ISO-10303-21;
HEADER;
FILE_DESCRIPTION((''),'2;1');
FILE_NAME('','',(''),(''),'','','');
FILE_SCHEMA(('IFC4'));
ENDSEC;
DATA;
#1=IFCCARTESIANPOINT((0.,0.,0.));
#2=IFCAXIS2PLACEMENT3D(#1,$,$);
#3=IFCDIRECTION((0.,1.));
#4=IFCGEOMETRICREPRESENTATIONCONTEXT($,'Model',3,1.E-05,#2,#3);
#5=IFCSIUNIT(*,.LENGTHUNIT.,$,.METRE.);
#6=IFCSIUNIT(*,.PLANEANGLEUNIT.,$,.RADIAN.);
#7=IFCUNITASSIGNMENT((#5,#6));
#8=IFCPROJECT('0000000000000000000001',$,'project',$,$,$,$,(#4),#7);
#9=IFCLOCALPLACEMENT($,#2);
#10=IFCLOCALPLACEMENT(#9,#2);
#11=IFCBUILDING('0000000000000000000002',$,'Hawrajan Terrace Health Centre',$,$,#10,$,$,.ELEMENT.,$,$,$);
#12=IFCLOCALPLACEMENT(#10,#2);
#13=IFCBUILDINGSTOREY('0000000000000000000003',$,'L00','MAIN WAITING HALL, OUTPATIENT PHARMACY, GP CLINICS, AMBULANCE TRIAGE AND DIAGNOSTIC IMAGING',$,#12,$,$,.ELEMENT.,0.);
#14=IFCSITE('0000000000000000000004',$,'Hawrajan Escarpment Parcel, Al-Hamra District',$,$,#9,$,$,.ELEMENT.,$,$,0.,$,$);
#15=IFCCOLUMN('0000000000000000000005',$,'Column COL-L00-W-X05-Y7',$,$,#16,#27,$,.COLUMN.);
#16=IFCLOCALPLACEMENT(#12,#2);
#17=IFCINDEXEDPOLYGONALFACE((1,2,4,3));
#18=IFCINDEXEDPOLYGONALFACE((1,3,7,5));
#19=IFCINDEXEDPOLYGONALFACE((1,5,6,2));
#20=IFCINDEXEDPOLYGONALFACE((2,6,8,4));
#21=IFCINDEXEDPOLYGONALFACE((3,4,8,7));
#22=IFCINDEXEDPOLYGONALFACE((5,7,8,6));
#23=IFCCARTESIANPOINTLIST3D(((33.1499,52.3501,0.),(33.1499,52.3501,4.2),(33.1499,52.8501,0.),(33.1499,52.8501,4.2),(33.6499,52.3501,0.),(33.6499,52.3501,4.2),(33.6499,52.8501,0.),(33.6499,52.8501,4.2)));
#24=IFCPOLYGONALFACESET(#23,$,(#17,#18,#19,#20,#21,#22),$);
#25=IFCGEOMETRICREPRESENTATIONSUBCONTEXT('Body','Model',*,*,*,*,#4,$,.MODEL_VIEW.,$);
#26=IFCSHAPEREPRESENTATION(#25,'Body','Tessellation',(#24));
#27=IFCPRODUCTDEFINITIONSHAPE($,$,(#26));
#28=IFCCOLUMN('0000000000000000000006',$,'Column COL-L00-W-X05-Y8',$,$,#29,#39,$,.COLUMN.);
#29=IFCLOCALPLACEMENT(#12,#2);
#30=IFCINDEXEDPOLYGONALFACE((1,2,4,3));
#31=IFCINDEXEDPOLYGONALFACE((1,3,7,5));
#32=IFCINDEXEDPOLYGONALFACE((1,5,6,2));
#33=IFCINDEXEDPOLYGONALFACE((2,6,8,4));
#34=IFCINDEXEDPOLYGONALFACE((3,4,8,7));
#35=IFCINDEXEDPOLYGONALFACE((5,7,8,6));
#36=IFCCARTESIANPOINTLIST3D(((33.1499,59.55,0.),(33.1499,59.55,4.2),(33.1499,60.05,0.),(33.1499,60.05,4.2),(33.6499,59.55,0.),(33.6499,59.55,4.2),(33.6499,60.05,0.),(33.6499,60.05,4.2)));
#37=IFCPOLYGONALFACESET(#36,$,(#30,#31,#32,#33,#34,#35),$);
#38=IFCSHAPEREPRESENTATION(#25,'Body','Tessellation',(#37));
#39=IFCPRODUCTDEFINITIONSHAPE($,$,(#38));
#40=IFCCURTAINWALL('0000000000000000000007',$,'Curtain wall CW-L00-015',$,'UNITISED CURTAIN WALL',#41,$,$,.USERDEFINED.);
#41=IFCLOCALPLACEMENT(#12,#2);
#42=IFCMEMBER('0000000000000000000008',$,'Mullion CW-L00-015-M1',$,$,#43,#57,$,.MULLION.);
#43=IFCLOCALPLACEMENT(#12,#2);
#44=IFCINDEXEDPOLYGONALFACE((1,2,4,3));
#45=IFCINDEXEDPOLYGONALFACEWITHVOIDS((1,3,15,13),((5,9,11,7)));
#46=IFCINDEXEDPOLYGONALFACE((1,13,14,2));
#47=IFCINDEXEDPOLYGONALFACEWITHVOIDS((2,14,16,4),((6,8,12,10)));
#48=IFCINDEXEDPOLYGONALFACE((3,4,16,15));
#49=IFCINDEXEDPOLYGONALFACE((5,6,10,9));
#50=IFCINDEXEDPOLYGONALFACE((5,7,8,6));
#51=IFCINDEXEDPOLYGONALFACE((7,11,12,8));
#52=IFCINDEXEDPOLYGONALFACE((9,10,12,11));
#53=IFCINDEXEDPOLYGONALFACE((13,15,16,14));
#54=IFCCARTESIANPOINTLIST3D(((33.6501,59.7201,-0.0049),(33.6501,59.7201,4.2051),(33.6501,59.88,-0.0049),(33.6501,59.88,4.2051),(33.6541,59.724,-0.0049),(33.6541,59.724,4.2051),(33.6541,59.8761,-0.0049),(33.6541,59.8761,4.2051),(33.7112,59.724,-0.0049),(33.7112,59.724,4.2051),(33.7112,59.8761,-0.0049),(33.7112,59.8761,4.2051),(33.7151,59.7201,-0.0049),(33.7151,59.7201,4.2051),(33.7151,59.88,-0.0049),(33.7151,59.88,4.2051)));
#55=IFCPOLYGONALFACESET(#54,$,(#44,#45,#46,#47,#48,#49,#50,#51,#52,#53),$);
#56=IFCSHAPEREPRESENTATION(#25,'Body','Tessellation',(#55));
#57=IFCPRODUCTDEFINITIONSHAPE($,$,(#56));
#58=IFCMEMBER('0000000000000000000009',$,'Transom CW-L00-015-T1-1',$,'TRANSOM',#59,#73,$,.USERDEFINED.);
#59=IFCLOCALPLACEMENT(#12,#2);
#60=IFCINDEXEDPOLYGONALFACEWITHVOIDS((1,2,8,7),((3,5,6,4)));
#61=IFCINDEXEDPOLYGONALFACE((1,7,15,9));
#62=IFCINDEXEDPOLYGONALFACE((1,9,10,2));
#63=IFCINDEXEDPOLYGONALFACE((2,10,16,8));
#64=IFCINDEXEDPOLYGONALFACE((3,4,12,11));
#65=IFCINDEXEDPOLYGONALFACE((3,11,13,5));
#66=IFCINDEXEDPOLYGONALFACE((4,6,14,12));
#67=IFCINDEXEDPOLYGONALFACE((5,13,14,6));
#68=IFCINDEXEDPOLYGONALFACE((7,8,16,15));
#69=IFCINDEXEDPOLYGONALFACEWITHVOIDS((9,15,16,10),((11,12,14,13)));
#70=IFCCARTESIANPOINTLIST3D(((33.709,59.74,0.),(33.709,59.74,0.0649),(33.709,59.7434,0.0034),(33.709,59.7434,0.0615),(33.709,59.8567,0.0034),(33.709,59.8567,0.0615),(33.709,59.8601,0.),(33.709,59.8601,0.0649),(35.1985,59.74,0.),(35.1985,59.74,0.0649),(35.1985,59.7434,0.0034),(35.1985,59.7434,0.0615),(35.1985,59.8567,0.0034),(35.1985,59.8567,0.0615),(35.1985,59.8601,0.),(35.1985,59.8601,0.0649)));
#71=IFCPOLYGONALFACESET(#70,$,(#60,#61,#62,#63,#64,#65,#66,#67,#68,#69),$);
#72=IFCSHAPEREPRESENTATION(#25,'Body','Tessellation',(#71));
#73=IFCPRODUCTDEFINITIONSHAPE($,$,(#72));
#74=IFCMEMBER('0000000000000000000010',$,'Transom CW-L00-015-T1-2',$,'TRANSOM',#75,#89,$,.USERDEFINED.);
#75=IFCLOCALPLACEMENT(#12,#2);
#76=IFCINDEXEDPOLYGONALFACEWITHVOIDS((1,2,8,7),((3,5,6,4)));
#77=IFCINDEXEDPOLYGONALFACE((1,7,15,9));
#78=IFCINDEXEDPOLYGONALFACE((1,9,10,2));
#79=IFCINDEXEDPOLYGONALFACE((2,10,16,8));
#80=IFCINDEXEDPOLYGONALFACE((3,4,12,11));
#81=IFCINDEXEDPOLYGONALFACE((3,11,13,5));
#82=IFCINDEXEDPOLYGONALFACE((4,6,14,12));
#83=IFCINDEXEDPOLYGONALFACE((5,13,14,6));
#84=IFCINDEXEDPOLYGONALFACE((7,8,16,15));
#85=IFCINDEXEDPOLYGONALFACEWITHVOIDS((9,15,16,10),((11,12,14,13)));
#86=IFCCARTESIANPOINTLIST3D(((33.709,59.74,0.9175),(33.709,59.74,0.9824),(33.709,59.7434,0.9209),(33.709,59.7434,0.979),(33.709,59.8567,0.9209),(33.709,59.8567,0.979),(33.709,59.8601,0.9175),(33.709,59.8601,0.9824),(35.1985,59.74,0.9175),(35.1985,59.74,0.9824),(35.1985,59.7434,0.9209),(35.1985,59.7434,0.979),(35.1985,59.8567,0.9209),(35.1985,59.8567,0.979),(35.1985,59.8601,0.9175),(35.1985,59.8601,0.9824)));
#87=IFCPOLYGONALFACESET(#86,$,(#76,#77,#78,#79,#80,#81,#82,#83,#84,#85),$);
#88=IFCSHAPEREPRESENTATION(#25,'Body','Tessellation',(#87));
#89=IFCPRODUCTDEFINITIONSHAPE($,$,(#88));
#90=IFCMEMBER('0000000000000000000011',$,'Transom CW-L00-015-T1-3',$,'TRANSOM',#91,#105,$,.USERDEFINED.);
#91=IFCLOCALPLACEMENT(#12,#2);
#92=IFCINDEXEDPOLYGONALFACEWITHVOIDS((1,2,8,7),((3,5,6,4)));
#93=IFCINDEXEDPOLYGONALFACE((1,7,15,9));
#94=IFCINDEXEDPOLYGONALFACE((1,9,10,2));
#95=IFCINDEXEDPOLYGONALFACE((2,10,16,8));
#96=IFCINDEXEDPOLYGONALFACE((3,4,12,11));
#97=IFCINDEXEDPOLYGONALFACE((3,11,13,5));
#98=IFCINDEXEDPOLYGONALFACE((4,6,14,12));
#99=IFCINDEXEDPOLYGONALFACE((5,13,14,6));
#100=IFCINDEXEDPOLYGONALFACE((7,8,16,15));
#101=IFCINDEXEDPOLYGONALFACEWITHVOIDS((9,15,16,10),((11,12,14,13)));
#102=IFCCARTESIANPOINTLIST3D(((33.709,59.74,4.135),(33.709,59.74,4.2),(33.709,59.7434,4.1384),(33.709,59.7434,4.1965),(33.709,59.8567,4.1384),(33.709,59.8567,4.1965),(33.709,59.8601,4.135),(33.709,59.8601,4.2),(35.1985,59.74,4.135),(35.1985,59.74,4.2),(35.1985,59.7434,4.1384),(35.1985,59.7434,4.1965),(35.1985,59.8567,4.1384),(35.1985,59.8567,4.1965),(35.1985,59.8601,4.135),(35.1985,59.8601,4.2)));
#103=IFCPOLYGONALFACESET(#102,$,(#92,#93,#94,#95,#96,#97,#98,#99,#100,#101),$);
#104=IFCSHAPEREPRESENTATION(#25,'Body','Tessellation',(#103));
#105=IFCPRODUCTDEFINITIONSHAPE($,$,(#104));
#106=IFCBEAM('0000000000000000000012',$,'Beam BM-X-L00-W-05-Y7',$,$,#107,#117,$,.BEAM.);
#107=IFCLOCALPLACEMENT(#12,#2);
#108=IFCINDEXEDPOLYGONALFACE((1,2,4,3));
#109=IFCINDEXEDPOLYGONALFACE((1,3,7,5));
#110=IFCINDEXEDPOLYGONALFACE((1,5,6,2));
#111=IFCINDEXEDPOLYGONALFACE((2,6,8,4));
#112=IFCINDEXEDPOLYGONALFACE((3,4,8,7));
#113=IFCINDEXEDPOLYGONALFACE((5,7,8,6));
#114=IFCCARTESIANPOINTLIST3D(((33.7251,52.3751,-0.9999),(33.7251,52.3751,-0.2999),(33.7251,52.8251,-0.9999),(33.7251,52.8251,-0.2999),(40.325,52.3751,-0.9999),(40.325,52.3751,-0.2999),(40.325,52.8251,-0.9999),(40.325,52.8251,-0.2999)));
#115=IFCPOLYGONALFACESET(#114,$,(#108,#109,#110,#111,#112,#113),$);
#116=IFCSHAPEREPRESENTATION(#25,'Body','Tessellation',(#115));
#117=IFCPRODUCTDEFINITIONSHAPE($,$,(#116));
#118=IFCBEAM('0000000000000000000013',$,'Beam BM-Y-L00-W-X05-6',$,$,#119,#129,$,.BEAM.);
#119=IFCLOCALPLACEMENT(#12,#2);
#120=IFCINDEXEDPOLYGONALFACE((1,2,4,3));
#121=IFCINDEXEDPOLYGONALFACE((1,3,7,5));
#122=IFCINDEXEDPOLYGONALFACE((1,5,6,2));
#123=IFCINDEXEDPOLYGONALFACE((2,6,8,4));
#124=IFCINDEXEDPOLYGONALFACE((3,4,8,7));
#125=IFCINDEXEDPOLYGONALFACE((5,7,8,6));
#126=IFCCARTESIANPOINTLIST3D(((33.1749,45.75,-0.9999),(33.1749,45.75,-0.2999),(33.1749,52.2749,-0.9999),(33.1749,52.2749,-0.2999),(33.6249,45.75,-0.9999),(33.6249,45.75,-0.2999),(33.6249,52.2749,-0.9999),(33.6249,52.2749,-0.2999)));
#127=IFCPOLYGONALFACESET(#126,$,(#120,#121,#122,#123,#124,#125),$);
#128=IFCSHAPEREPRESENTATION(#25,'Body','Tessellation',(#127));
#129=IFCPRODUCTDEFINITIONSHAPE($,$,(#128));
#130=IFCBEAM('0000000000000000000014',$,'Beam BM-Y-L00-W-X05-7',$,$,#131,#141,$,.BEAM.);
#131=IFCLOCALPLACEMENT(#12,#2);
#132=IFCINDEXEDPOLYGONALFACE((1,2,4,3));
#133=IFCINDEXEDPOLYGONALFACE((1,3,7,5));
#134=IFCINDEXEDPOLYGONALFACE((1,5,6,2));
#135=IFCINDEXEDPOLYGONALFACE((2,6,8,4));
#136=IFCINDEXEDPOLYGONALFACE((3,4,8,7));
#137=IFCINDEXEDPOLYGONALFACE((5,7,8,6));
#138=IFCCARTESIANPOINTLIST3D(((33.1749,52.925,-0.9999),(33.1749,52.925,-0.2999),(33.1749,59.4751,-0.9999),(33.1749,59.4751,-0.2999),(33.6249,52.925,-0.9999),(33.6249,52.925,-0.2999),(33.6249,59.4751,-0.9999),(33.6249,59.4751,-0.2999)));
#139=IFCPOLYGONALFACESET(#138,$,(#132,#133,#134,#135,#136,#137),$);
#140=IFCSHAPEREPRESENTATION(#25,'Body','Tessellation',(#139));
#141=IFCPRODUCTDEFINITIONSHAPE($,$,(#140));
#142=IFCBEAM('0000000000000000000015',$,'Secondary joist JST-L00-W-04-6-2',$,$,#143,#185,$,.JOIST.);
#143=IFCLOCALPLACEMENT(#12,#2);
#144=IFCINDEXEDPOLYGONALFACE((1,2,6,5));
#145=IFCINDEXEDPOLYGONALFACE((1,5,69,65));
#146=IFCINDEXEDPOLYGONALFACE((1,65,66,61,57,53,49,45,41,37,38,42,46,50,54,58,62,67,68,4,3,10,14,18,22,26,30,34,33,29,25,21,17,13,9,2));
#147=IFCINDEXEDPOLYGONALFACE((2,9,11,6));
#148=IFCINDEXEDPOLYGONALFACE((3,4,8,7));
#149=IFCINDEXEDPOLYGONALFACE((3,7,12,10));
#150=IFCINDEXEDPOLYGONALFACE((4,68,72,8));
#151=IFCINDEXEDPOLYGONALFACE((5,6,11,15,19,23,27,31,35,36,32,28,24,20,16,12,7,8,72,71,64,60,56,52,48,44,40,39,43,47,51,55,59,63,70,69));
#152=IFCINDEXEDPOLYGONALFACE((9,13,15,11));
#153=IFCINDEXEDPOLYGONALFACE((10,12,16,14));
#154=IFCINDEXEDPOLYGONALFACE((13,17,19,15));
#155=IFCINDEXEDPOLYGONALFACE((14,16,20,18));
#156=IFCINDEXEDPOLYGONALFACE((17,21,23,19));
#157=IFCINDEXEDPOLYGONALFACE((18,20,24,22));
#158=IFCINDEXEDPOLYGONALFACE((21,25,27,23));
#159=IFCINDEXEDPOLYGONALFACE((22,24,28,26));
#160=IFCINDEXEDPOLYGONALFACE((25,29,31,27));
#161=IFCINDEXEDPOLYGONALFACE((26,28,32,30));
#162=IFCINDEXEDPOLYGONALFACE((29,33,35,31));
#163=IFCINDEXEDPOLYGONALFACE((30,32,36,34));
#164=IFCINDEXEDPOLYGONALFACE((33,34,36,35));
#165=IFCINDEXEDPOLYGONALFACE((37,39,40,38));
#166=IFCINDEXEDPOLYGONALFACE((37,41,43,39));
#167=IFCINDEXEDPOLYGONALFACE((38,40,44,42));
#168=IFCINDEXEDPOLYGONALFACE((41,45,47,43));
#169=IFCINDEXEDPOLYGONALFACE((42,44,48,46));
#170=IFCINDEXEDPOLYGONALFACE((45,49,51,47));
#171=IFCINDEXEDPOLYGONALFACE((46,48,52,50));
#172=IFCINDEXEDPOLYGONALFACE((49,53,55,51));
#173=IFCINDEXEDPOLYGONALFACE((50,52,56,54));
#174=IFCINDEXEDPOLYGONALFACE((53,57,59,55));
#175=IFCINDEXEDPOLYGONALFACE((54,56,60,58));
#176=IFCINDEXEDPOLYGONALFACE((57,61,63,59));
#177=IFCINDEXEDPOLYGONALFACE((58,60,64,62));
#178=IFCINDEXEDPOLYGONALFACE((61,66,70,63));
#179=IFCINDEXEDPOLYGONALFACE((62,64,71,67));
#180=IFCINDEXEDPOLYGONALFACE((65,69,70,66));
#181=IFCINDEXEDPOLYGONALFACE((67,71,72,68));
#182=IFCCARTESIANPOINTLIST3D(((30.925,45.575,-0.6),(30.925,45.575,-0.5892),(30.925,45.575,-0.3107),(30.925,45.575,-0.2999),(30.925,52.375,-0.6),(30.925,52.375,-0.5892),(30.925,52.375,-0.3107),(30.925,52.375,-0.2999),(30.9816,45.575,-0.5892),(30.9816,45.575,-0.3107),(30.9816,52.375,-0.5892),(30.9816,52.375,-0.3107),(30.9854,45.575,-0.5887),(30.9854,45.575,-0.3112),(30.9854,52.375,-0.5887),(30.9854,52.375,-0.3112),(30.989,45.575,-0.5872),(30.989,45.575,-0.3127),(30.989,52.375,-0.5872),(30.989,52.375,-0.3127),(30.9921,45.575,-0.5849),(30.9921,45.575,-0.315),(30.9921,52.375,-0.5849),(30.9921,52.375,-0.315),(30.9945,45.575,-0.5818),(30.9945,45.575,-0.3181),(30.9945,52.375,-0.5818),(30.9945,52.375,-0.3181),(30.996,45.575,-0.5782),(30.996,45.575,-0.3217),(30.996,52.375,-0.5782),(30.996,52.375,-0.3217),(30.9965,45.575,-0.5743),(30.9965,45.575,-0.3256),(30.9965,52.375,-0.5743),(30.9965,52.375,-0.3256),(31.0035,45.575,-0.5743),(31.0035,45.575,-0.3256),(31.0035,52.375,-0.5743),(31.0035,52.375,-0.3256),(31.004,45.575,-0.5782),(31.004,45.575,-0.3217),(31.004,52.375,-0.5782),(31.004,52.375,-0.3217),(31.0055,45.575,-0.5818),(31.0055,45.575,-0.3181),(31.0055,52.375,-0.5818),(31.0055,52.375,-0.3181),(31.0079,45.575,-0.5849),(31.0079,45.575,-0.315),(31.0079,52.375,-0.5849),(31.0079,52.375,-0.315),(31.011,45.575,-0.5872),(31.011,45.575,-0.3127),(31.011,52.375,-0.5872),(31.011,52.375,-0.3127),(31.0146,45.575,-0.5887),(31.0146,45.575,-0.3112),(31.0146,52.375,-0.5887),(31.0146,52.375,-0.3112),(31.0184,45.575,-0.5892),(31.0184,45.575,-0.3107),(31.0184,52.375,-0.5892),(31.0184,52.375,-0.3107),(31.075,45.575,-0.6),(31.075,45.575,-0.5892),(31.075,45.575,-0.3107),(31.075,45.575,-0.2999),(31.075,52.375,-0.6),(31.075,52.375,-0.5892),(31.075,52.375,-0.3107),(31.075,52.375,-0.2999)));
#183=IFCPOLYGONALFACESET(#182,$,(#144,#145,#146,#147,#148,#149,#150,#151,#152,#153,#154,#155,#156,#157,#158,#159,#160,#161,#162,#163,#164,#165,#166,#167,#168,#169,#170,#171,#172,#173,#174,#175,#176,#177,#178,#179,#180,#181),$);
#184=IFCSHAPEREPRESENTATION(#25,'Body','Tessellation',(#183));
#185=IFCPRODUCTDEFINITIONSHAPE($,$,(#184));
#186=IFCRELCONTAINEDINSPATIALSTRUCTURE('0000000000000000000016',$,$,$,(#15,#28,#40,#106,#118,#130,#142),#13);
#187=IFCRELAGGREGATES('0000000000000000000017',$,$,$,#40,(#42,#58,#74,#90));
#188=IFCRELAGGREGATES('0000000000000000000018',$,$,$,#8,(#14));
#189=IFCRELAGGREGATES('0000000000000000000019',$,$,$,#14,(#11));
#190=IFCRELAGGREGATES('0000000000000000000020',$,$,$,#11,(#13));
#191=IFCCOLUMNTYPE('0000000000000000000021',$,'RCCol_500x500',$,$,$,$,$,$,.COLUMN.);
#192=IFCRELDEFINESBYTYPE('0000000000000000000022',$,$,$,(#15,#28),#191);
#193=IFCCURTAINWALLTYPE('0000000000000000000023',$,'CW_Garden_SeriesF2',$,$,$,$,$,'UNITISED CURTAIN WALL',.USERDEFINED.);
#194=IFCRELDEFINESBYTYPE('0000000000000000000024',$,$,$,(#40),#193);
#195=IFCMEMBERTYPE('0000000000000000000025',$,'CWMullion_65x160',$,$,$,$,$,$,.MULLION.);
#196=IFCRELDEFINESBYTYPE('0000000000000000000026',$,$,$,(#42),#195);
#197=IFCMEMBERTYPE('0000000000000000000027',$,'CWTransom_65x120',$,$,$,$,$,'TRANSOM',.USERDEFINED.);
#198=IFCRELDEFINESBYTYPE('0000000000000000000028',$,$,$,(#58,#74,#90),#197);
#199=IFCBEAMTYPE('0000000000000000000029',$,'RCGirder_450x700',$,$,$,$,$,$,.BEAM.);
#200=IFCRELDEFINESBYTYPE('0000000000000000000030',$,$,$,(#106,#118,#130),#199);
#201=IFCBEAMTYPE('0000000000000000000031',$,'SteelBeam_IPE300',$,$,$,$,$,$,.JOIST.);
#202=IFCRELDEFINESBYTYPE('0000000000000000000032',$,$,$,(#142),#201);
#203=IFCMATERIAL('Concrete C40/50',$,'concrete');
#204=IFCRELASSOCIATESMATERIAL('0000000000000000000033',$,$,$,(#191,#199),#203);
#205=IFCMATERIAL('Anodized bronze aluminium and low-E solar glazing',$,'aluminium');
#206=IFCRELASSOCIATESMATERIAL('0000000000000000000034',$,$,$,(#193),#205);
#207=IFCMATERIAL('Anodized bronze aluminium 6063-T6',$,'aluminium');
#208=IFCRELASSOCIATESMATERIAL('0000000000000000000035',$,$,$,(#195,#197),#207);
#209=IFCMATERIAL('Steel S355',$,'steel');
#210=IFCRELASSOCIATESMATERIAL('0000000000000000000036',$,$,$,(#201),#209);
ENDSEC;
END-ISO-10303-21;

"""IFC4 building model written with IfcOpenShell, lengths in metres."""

from ifc_helpers import new_model, si_unit, direction, frame, origin, origin_2d, place, context, subcontext, project, spatial, rectangle, hollow_rectangle, i_section, extrude, material, material_profile, profile_set, type_object, element, aggregate, save


model = new_model("IFC4")

# Units and contexts
model_context = context("Model", 3, precision=1e-05, world=origin(), true_north=direction((0.0, 1.0)))
body_context = subcontext(model_context, "Body", "Model", "MODEL_VIEW")
ifc_project = project(units=[si_unit("LENGTHUNIT", "METRE"), si_unit("PLANEANGLEUNIT", "RADIAN")], contexts=[model_context])

# Site, building, storey
site_placement = place(None, origin())
site = spatial("IfcSite", under=ifc_project, at=site_placement, Name="Hawrajan Escarpment Parcel, Al-Hamra District", CompositionType="ELEMENT", RefElevation=0.0)
building_placement = place(site_placement, origin())
building = spatial("IfcBuilding", under=site, at=building_placement, Name="Hawrajan Terrace Health Centre", CompositionType="ELEMENT")
storey_placement = place(building_placement, origin())
storey = spatial("IfcBuildingStorey", under=building, at=storey_placement, Name="L00", Description="MAIN WAITING HALL, OUTPATIENT PHARMACY, GP CLINICS, AMBULANCE TRIAGE AND DIAGNOSTIC IMAGING", CompositionType="ELEMENT", Elevation=0.0)

# Columns
ifc_material_1 = material(Name="Concrete C40/50", Category="concrete")
ifc_material_profile_1 = material_profile(ifc_material_1, rectangle(XDim=0.5, YDim=0.5, at=origin_2d()), Name="RC 500x500")
ifc_profile_set_1 = profile_set([ifc_material_profile_1], Name="Concrete C40/50")
column_type = type_object("IfcColumnType", Name="RCCol_500x500", PredefinedType="COLUMN", material=ifc_profile_set_1)
for number, where, z_axis, x_axis, name in (
    (1, (33.3999, 52.6001, 0.0), (0.0, 0.0, 1.0), (1.0, 0.0, 0.0), "Column COL-L00-W-X05-Y7"),
    (2, (33.3999, 59.8, 0.0), (0.0, 0.0, 1.0), (1.0, 0.0, 0.0), "Column COL-L00-W-X05-Y8"),
):
    element("IfcColumn", number, at=place(storey_placement, frame(where, z_axis=z_axis, x_axis=x_axis)), inside=storey, type_object=column_type, Name=name, PredefinedType="COLUMN", context=body_context, shape_type="SweptSolid", body=[
        extrude(rectangle(XDim=0.5, YDim=0.5, at=origin_2d()), origin(), (0.0, 0.0, 1.0), 4.2),
    ])

# Curtain wall, members
ifc_material_2 = material(Name="Anodized bronze aluminium and low-E solar glazing", Category="aluminium")
curtain_wall_type = type_object("IfcCurtainWallType", Name="CW_Garden_SeriesF2", ElementType="UNITISED CURTAIN WALL", PredefinedType="USERDEFINED", material=ifc_material_2)
curtain_wall_placement = place(storey_placement, origin())
curtain_wall = element("IfcCurtainWall", 3, at=curtain_wall_placement, inside=storey, type_object=curtain_wall_type, Name="Curtain wall CW-L00-015", ObjectType="UNITISED CURTAIN WALL", PredefinedType="USERDEFINED")
ifc_material_3 = material(Name="Anodized bronze aluminium 6063-T6", Category="aluminium")
ifc_material_profile_2 = material_profile(ifc_material_3, hollow_rectangle(XDim=0.0649, YDim=0.1599, WallThickness=0.0039, at=origin_2d()), Name="CW MUL 65x160")
ifc_profile_set_2 = profile_set([ifc_material_profile_2], Name="Anodized bronze aluminium 6063-T6")
member_type_1 = type_object("IfcMemberType", Name="CWMullion_65x160", PredefinedType="MULLION", material=ifc_profile_set_2)
member_1_placement = place(storey_placement, frame((33.6826, 59.8, -0.0049), z_axis=(0.0, 0.0, 1.0), x_axis=(1.0, 0.0, 0.0)))
member_1 = element("IfcMember", 4, at=member_1_placement, type_object=member_type_1, Name="Mullion CW-L00-015-M1", PredefinedType="MULLION", context=body_context, shape_type="SweptSolid", body=[
    extrude(hollow_rectangle(XDim=0.0649, YDim=0.1599, WallThickness=0.0039, at=origin_2d()), origin(), (0.0, 0.0, 1.0), 4.21),
])
ifc_material_profile_3 = material_profile(ifc_material_3, hollow_rectangle(XDim=0.0649, YDim=0.1201, WallThickness=0.0034, at=origin_2d()), Name="CW TRN 65x120")
ifc_profile_set_3 = profile_set([ifc_material_profile_3], Name="Anodized bronze aluminium 6063-T6")
member_type_2 = type_object("IfcMemberType", Name="CWTransom_65x120", ElementType="TRANSOM", PredefinedType="USERDEFINED", material=ifc_profile_set_3)
member_2_placement = place(storey_placement, frame((33.709, 59.8, 0.0325), z_axis=(1.0, 0.0, 0.0), x_axis=(0.0, 0.0, 1.0)))
member_2 = element("IfcMember", 5, at=member_2_placement, type_object=member_type_2, Name="Transom CW-L00-015-T1-1", ObjectType="TRANSOM", PredefinedType="USERDEFINED", context=body_context, shape_type="SweptSolid", body=[
    extrude(hollow_rectangle(XDim=0.0649, YDim=0.1201, WallThickness=0.0034, at=origin_2d()), origin(), (0.0, 0.0, 1.0), 1.4895),
])
member_3_placement = place(storey_placement, frame((33.709, 59.8, 0.95), z_axis=(1.0, 0.0, 0.0), x_axis=(0.0, 0.0, 1.0)))
member_3 = element("IfcMember", 6, at=member_3_placement, type_object=member_type_2, Name="Transom CW-L00-015-T1-2", ObjectType="TRANSOM", PredefinedType="USERDEFINED", context=body_context, shape_type="SweptSolid", body=[
    extrude(hollow_rectangle(XDim=0.0649, YDim=0.1201, WallThickness=0.0034, at=origin_2d()), origin(), (0.0, 0.0, 1.0), 1.4895),
])
member_4_placement = place(storey_placement, frame((33.709, 59.8, 4.1675), z_axis=(1.0, 0.0, 0.0), x_axis=(0.0, 0.0, 1.0)))
member_4 = element("IfcMember", 7, at=member_4_placement, type_object=member_type_2, Name="Transom CW-L00-015-T1-3", ObjectType="TRANSOM", PredefinedType="USERDEFINED", context=body_context, shape_type="SweptSolid", body=[
    extrude(hollow_rectangle(XDim=0.0649, YDim=0.1201, WallThickness=0.0034, at=origin_2d()), origin(), (0.0, 0.0, 1.0), 1.4895),
])
aggregate(curtain_wall, [member_1, member_2, member_3, member_4])

# Beams
ifc_material_profile_4 = material_profile(ifc_material_1, rectangle(XDim=0.45, YDim=0.7, at=origin_2d()), Name="RC BM 450x700")
ifc_profile_set_4 = profile_set([ifc_material_profile_4], Name="Concrete C40/50")
beam_type_1 = type_object("IfcBeamType", Name="RCGirder_450x700", PredefinedType="BEAM", material=ifc_profile_set_4)
beam_1_placement = place(storey_placement, frame((33.7251, 52.6001, -0.6499), z_axis=(1.0, 0.0, 0.0), x_axis=(0.0, 1.0, 0.0)))
element("IfcBeam", 8, at=beam_1_placement, inside=storey, type_object=beam_type_1, Name="Beam BM-X-L00-W-05-Y7", PredefinedType="BEAM", context=body_context, shape_type="SweptSolid", body=[
    extrude(rectangle(XDim=0.45, YDim=0.7, at=origin_2d()), origin(), (0.0, 0.0, 1.0), 6.5999),
])
beam_2_placement = place(storey_placement, frame((33.3999, 45.75, -0.6499), z_axis=(0.0, 1.0, 0.0), x_axis=(-1.0, 0.0, 0.0)))
element("IfcBeam", 9, at=beam_2_placement, inside=storey, type_object=beam_type_1, Name="Beam BM-Y-L00-W-X05-6", PredefinedType="BEAM", context=body_context, shape_type="SweptSolid", body=[
    extrude(rectangle(XDim=0.45, YDim=0.7, at=origin_2d()), origin(), (0.0, 0.0, 1.0), 6.5249),
])
beam_3_placement = place(storey_placement, frame((33.3999, 52.925, -0.6499), z_axis=(0.0, 1.0, 0.0), x_axis=(-1.0, 0.0, 0.0)))
element("IfcBeam", 10, at=beam_3_placement, inside=storey, type_object=beam_type_1, Name="Beam BM-Y-L00-W-X05-7", PredefinedType="BEAM", context=body_context, shape_type="SweptSolid", body=[
    extrude(rectangle(XDim=0.45, YDim=0.7, at=origin_2d()), origin(), (0.0, 0.0, 1.0), 6.55),
])
ifc_material_4 = material(Name="Steel S355", Category="steel")
ifc_material_profile_5 = material_profile(ifc_material_4, i_section(OverallWidth=0.1499, OverallDepth=0.3, WebThickness=0.0071, FlangeThickness=0.0107, FilletRadius=0.0149, at=origin_2d()), Name="IPE 300")
ifc_profile_set_5 = profile_set([ifc_material_profile_5], Name="Steel S355")
beam_type_2 = type_object("IfcBeamType", Name="SteelBeam_IPE300", PredefinedType="JOIST", material=ifc_profile_set_5)
for number, where, z_axis, x_axis, name in (
    (11, (31.0, 45.575, -0.45), (0.0, 1.0, 0.0), (-1.0, 0.0, 0.0), "Secondary joist JST-L00-W-04-6-2"),
):
    element("IfcBeam", number, at=place(storey_placement, frame(where, z_axis=z_axis, x_axis=x_axis)), inside=storey, type_object=beam_type_2, Name=name, PredefinedType="JOIST", context=body_context, shape_type="SweptSolid", body=[
        extrude(i_section(OverallWidth=0.1499, OverallDepth=0.3, WebThickness=0.0071, FlangeThickness=0.0107, FilletRadius=0.0149, at=origin_2d()), origin(), (0.0, 0.0, 1.0), 6.8),
    ])

save(model, "model.ifc")
